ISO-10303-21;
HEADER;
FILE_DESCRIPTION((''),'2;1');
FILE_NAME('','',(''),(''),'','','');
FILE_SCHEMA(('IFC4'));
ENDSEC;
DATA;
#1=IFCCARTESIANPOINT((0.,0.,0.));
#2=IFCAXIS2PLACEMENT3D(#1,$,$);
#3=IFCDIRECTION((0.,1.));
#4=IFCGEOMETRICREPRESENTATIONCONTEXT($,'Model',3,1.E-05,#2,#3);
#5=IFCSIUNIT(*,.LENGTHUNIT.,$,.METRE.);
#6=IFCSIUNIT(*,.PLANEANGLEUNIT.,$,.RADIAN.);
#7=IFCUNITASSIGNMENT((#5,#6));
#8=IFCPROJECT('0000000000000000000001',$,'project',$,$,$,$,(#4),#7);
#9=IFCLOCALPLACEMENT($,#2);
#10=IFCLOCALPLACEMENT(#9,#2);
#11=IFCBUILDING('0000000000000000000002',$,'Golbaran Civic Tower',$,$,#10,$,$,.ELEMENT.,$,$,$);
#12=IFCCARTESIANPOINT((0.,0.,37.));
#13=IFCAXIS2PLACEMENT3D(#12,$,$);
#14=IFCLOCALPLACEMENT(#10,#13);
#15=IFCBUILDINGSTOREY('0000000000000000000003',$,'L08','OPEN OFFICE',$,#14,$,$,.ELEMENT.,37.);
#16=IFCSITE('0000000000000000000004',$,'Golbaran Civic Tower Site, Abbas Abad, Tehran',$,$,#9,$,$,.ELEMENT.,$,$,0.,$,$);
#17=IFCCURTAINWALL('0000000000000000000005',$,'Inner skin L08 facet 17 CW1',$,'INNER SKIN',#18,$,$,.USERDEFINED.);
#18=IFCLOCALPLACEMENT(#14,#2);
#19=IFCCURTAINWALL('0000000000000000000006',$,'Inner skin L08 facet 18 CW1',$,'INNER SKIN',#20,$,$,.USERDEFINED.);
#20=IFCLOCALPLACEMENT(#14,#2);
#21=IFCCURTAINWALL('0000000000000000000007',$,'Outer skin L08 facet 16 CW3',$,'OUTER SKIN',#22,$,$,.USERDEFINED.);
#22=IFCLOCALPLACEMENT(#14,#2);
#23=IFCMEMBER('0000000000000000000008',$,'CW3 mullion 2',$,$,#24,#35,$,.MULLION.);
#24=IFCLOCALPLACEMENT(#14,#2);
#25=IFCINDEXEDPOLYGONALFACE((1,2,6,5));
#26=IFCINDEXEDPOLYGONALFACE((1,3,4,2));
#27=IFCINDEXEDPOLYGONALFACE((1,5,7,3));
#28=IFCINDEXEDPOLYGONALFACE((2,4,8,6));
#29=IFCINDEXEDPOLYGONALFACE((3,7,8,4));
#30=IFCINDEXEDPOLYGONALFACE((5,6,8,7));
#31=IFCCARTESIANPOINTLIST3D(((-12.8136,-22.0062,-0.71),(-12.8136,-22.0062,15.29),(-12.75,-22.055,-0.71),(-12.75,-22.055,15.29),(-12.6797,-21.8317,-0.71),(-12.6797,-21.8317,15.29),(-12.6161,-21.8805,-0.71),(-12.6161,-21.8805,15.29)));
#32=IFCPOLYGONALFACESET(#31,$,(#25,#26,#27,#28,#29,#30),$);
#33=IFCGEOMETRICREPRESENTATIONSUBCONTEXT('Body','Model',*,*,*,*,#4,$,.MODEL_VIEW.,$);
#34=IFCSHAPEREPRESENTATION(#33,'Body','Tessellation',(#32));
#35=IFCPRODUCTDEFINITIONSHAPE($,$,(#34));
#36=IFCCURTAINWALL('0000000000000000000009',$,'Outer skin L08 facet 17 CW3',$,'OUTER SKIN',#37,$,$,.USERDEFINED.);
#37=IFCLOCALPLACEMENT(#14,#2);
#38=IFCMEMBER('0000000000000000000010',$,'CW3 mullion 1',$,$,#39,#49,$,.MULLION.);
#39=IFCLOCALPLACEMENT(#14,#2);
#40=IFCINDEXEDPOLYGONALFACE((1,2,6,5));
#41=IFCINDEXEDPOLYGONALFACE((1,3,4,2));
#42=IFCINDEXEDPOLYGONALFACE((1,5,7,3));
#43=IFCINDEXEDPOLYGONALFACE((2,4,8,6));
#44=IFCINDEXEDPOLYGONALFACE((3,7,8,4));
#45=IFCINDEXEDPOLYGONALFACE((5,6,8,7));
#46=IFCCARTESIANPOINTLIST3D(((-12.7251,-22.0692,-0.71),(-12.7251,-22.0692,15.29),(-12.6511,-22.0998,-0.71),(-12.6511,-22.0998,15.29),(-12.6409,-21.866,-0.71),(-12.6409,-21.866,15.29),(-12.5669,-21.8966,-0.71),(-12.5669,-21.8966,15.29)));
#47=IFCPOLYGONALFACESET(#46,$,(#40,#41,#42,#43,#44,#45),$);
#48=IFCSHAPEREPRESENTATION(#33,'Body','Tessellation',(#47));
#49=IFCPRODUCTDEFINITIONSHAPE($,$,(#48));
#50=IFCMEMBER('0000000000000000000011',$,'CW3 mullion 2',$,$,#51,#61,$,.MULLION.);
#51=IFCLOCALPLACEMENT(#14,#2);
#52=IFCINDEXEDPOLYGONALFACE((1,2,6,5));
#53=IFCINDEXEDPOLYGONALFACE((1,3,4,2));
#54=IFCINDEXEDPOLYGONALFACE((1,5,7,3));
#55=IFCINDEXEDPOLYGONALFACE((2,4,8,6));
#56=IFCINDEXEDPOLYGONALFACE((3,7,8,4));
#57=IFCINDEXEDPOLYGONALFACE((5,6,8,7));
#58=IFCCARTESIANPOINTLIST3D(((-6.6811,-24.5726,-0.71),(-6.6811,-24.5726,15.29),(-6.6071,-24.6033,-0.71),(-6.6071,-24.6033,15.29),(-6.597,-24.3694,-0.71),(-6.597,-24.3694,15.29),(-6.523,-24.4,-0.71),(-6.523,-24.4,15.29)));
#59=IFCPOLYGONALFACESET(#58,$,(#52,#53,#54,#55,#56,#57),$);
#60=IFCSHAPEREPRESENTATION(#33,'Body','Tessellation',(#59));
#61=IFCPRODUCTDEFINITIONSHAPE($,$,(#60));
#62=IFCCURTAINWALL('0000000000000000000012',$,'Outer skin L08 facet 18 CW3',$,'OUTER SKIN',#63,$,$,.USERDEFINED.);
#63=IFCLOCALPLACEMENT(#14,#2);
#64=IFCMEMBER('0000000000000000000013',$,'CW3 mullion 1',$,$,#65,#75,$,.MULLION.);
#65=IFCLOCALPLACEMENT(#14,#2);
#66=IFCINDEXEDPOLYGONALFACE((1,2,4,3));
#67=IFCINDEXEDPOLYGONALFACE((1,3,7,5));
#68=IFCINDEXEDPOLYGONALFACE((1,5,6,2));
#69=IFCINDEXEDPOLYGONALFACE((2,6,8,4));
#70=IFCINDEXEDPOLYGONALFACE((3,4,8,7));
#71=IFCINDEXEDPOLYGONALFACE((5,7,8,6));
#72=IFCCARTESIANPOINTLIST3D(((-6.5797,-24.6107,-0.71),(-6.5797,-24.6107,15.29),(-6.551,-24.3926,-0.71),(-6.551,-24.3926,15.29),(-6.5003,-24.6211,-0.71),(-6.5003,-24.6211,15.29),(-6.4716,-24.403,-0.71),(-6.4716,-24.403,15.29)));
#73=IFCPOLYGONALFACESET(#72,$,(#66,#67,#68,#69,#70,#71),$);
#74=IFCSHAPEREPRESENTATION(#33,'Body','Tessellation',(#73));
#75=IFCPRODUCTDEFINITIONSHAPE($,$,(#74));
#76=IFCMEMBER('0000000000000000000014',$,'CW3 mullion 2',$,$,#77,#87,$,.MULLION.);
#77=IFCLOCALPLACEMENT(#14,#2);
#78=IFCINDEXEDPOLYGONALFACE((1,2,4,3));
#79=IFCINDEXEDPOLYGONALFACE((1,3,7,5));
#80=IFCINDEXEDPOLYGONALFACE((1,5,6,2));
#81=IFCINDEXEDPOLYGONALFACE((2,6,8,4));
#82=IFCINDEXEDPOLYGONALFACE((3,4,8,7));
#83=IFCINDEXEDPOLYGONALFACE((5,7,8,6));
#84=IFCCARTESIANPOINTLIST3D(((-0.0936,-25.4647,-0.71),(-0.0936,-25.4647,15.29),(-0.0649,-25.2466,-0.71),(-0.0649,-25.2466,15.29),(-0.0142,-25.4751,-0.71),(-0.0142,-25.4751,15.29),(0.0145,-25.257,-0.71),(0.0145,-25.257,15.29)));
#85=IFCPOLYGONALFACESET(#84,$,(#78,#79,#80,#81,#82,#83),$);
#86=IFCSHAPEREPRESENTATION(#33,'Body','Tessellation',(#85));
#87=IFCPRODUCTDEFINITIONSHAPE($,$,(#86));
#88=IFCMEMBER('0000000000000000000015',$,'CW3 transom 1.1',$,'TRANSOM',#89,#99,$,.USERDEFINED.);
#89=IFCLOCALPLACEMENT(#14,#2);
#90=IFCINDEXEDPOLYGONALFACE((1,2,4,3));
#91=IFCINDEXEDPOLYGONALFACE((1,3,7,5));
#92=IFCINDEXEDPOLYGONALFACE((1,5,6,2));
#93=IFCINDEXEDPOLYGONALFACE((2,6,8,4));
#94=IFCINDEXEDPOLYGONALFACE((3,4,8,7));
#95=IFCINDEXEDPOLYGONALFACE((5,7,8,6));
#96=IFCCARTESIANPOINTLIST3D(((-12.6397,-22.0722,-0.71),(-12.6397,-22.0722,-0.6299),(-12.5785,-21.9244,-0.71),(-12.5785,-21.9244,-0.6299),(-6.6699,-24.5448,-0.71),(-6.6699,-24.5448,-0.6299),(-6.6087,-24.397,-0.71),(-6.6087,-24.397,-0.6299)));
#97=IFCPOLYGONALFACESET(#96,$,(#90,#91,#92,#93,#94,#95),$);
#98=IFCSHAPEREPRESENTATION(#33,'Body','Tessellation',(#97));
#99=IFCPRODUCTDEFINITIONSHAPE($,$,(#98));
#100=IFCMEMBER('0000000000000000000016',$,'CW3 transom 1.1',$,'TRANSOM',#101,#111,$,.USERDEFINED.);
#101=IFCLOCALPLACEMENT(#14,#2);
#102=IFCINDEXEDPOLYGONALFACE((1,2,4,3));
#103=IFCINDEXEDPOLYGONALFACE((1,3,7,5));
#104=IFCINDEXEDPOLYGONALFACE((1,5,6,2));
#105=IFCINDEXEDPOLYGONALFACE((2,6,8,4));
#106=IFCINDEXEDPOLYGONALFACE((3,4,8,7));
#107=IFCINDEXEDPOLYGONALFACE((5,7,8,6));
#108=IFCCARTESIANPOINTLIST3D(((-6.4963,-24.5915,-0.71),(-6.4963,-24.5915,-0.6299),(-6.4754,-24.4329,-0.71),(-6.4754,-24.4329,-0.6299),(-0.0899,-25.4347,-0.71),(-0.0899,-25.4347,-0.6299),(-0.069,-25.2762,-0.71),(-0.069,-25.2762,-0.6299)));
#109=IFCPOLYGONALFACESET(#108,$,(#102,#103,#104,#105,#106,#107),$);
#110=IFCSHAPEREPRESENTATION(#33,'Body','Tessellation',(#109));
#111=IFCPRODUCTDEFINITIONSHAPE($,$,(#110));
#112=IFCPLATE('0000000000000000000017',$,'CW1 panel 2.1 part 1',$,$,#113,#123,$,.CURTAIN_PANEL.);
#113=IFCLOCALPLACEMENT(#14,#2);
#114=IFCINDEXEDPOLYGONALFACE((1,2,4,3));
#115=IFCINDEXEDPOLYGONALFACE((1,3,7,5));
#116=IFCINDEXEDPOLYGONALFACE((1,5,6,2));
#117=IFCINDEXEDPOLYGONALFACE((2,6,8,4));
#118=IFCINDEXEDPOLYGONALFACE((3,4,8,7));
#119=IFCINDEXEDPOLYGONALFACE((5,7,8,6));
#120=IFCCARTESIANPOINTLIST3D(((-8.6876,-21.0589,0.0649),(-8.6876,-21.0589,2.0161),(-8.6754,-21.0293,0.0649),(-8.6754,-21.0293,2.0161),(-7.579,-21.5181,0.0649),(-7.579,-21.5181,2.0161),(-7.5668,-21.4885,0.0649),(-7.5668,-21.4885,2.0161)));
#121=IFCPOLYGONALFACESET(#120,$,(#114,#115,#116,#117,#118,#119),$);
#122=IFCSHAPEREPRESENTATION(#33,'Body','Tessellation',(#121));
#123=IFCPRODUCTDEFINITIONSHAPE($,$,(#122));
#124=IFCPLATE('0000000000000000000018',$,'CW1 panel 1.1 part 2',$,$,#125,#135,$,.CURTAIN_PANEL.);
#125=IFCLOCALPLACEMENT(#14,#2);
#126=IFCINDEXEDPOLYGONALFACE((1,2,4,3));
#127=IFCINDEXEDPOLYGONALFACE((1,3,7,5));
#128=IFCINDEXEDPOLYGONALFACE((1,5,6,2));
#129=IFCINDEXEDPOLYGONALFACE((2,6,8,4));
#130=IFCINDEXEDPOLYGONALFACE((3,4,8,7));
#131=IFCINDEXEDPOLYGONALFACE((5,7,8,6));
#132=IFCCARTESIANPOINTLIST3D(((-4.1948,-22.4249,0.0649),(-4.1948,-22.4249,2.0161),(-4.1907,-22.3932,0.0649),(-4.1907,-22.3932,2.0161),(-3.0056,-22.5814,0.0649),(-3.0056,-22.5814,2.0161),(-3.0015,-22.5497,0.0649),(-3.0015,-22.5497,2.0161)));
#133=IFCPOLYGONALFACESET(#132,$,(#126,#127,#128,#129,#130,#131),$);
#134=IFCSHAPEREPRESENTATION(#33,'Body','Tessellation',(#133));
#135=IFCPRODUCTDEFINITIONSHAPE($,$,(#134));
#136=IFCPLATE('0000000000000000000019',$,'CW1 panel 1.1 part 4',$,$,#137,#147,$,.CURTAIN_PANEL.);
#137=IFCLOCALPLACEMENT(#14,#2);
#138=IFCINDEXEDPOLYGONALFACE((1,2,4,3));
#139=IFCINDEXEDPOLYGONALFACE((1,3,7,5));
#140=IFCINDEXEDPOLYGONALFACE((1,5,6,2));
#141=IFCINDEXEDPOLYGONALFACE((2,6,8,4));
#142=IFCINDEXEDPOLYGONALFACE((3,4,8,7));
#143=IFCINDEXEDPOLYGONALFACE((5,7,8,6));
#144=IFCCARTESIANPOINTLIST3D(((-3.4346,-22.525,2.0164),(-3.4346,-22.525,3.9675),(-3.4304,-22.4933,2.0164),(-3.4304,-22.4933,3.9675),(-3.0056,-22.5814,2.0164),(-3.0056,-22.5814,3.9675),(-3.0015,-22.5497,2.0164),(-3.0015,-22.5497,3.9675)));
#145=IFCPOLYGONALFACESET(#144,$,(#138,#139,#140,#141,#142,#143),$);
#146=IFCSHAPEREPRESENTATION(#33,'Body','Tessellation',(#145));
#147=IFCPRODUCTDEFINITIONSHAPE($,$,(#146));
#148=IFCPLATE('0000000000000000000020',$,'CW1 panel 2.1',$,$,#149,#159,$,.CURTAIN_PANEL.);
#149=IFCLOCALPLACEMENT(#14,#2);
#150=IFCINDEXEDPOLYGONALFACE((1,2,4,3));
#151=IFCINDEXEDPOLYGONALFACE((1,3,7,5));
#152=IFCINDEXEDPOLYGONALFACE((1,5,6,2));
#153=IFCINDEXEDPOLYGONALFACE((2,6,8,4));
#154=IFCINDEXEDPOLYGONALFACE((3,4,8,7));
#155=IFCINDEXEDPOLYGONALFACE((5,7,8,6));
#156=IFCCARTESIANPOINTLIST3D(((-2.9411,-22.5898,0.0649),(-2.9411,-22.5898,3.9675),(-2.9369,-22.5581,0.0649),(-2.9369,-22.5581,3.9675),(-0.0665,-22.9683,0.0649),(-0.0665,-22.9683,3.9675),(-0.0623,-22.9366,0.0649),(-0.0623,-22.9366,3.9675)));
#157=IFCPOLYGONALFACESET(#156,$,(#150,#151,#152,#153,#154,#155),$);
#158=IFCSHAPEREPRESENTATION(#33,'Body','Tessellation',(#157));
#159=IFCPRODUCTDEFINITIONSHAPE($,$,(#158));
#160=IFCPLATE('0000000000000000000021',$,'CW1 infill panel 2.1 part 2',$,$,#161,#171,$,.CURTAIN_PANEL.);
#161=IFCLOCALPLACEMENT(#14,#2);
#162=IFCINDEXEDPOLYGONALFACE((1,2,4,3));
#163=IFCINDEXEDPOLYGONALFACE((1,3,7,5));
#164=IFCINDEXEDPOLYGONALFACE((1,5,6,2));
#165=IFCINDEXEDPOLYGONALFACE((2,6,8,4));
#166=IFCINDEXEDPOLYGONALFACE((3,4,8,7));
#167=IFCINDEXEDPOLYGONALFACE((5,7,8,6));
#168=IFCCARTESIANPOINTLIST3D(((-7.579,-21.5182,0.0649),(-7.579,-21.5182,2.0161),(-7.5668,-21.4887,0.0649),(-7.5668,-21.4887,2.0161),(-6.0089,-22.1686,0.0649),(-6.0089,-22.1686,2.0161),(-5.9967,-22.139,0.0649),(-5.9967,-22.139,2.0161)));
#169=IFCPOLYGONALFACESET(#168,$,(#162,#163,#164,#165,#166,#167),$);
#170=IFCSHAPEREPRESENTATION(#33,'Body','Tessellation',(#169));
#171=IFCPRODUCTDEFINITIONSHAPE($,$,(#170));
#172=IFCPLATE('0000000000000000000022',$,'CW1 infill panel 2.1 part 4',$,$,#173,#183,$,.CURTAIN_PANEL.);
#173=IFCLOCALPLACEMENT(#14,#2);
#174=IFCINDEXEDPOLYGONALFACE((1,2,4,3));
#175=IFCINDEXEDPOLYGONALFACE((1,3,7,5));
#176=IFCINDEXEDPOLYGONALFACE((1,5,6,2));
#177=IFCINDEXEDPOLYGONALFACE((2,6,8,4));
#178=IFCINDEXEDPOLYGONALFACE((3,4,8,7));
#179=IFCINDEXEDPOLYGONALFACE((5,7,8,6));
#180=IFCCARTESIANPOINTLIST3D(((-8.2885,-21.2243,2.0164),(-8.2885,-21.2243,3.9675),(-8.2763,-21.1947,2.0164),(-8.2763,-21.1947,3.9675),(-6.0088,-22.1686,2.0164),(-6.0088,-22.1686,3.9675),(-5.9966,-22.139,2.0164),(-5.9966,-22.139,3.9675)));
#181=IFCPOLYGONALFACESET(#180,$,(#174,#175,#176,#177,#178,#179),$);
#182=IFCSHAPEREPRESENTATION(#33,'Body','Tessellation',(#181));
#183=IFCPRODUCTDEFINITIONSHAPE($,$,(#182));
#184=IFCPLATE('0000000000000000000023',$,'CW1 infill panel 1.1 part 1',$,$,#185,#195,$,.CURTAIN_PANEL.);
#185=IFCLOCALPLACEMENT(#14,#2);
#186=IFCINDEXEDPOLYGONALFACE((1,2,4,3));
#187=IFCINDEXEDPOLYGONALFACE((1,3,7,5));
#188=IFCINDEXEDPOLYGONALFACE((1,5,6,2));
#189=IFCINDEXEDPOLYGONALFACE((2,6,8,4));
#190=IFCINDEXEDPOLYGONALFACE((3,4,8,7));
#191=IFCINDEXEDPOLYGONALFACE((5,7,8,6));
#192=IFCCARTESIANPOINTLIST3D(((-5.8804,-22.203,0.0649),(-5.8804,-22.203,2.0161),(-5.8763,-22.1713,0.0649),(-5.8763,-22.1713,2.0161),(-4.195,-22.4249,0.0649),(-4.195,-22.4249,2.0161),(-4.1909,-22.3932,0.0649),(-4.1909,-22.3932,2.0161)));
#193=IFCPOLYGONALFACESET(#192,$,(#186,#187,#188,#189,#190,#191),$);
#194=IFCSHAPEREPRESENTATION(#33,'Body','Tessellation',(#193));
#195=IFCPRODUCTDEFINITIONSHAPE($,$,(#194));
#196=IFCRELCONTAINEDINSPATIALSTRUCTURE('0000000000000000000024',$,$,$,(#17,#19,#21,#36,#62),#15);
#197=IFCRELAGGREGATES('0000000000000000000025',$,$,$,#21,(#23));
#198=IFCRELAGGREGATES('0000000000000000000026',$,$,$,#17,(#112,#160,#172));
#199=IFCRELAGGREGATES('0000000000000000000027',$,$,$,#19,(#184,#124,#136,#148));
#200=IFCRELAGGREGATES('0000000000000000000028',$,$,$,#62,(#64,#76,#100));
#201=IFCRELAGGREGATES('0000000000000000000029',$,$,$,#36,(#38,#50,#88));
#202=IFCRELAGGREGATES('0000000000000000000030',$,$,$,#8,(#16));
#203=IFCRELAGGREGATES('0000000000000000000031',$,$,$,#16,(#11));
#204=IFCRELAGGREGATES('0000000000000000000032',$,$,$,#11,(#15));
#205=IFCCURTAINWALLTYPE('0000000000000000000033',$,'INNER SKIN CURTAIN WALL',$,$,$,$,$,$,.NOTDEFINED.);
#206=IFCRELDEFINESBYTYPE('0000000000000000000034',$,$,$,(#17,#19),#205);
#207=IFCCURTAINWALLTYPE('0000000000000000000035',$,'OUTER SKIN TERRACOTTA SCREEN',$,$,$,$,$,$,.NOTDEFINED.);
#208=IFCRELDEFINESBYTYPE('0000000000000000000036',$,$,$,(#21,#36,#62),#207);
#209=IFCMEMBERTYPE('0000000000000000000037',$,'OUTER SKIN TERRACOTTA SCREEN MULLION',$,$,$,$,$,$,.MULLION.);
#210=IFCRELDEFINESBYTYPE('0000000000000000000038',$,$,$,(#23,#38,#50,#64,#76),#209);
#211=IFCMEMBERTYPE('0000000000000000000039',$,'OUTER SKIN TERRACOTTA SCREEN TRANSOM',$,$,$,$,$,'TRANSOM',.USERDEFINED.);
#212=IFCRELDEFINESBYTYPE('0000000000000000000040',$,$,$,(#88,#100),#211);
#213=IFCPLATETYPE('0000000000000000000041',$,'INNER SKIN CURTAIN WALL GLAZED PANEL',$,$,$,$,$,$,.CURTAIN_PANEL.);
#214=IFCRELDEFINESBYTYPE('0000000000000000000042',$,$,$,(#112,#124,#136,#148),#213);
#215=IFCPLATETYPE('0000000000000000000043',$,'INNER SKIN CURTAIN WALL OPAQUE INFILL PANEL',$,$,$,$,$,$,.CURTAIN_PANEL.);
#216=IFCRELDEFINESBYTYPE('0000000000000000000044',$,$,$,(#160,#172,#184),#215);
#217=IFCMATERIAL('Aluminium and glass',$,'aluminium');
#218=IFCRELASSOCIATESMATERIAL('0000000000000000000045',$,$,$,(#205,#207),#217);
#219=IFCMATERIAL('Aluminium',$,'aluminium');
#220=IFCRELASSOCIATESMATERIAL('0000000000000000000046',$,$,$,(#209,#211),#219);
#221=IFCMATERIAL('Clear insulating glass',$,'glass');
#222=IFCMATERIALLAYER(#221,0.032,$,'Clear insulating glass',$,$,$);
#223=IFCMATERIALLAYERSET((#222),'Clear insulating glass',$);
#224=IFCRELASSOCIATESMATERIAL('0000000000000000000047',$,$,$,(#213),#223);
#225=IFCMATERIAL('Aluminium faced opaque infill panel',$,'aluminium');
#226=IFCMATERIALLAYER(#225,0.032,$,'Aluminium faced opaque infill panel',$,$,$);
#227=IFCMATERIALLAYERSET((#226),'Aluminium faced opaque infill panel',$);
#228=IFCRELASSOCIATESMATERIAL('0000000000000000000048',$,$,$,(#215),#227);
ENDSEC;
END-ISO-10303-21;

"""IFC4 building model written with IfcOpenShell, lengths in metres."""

from ifc_helpers import new_model, si_unit, direction, frame, origin, origin_2d, place, context, subcontext, project, spatial, rectangle, extrude, material, layer, layer_set, material_profile, profile_set, type_object, element, aggregate, save


model = new_model("IFC4")

# Units and contexts
model_context = context("Model", 3, precision=1e-05, world=origin(), true_north=direction((0.0, 1.0)))
body_context = subcontext(model_context, "Body", "Model", "MODEL_VIEW")
ifc_project = project(units=[si_unit("LENGTHUNIT", "METRE"), si_unit("PLANEANGLEUNIT", "RADIAN")], contexts=[model_context])

# Site, building, storey
site_placement = place(None, origin())
site = spatial("IfcSite", under=ifc_project, at=site_placement, Name="Golbaran Civic Tower Site, Abbas Abad, Tehran", CompositionType="ELEMENT", RefElevation=0.0)
building_placement = place(site_placement, origin())
building = spatial("IfcBuilding", under=site, at=building_placement, Name="Golbaran Civic Tower", CompositionType="ELEMENT")
storey_placement = place(building_placement, frame((0.0, 0.0, 37.0)))
storey = spatial("IfcBuildingStorey", under=building, at=storey_placement, Name="L08", Description="OPEN OFFICE", CompositionType="ELEMENT", Elevation=37.0)

# Curtain wall
ifc_material_1 = material(Name="Aluminium and glass", Category="aluminium")
curtain_wall_type_1 = type_object("IfcCurtainWallType", Name="INNER SKIN CURTAIN WALL", PredefinedType="NOTDEFINED", material=ifc_material_1)
curtain_wall_1_placement = place(storey_placement, origin())
curtain_wall_1 = element("IfcCurtainWall", 1, at=curtain_wall_1_placement, inside=storey, type_object=curtain_wall_type_1, Name="Inner skin L08 facet 17 CW1", ObjectType="INNER SKIN", PredefinedType="USERDEFINED")
ifc_material_2 = material(Name="Aluminium", Category="aluminium")

# Curtain wall
curtain_wall_2_placement = place(storey_placement, origin())
curtain_wall_2 = element("IfcCurtainWall", 2, at=curtain_wall_2_placement, inside=storey, type_object=curtain_wall_type_1, Name="Inner skin L08 facet 18 CW1", ObjectType="INNER SKIN", PredefinedType="USERDEFINED")

# Curtain wall, member
curtain_wall_type_2 = type_object("IfcCurtainWallType", Name="OUTER SKIN TERRACOTTA SCREEN", PredefinedType="NOTDEFINED", material=ifc_material_1)
curtain_wall_3_placement = place(storey_placement, origin())
curtain_wall_3 = element("IfcCurtainWall", 3, at=curtain_wall_3_placement, inside=storey, type_object=curtain_wall_type_2, Name="Outer skin L08 facet 16 CW3", ObjectType="OUTER SKIN", PredefinedType="USERDEFINED")
ifc_material_profile_1 = material_profile(ifc_material_2, rectangle(XDim=0.22, YDim=0.0801, at=origin_2d()), Name="OUTER SKIN TERRACOTTA SCREEN MULLION")
ifc_profile_set_1 = profile_set([ifc_material_profile_1], Name="Aluminium")
member_type_1 = type_object("IfcMemberType", Name="OUTER SKIN TERRACOTTA SCREEN MULLION", PredefinedType="MULLION", material=ifc_profile_set_1)
member_1_placement = place(storey_placement, frame((-12.7148, -21.9434, -0.71), z_axis=(0.0, 0.0, 1.0), x_axis=(0.608761, 0.793353, 0.0)))
member_1 = element("IfcMember", 4, at=member_1_placement, type_object=member_type_1, Name="CW3 mullion 2", PredefinedType="MULLION", context=body_context, shape_type="SweptSolid", body=[
    extrude(rectangle(XDim=0.22, YDim=0.0801, at=origin_2d()), origin(), (0.0, 0.0, 1.0), 16.0),
])
aggregate(curtain_wall_3, [member_1])

# Curtain walls, members
curtain_wall_4_placement = place(storey_placement, origin())
curtain_wall_4 = element("IfcCurtainWall", 5, at=curtain_wall_4_placement, inside=storey, type_object=curtain_wall_type_2, Name="Outer skin L08 facet 17 CW3", ObjectType="OUTER SKIN", PredefinedType="USERDEFINED")
member_2_placement = place(storey_placement, frame((-12.646, -21.9829, -0.71), z_axis=(0.0, 0.0, 1.0), x_axis=(0.382683, 0.92388, 0.0)))
member_2 = element("IfcMember", 6, at=member_2_placement, type_object=member_type_1, Name="CW3 mullion 1", PredefinedType="MULLION", context=body_context, shape_type="SweptSolid", body=[
    extrude(rectangle(XDim=0.22, YDim=0.0801, at=origin_2d()), origin(), (0.0, 0.0, 1.0), 16.0),
])
member_3_placement = place(storey_placement, frame((-6.6021, -24.4863, -0.71), z_axis=(0.0, 0.0, 1.0), x_axis=(0.382683, 0.92388, 0.0)))
member_3 = element("IfcMember", 7, at=member_3_placement, type_object=member_type_1, Name="CW3 mullion 2", PredefinedType="MULLION", context=body_context, shape_type="SweptSolid", body=[
    extrude(rectangle(XDim=0.22, YDim=0.0801, at=origin_2d()), origin(), (0.0, 0.0, 1.0), 16.0),
])
curtain_wall_5_placement = place(storey_placement, origin())
curtain_wall_5 = element("IfcCurtainWall", 8, at=curtain_wall_5_placement, inside=storey, type_object=curtain_wall_type_2, Name="Outer skin L08 facet 18 CW3", ObjectType="OUTER SKIN", PredefinedType="USERDEFINED")
member_4_placement = place(storey_placement, frame((-6.5256, -24.5068, -0.71), z_axis=(0.0, 0.0, 1.0), x_axis=(0.130526, 0.991445, 0.0)))
member_4 = element("IfcMember", 9, at=member_4_placement, type_object=member_type_1, Name="CW3 mullion 1", PredefinedType="MULLION", context=body_context, shape_type="SweptSolid", body=[
    extrude(rectangle(XDim=0.22, YDim=0.0801, at=origin_2d()), origin(), (0.0, 0.0, 1.0), 16.0),
])
member_5_placement = place(storey_placement, frame((-0.0396, -25.3608, -0.71), z_axis=(0.0, 0.0, 1.0), x_axis=(0.130526, 0.991445, 0.0)))
member_5 = element("IfcMember", 10, at=member_5_placement, type_object=member_type_1, Name="CW3 mullion 2", PredefinedType="MULLION", context=body_context, shape_type="SweptSolid", body=[
    extrude(rectangle(XDim=0.22, YDim=0.0801, at=origin_2d()), origin(), (0.0, 0.0, 1.0), 16.0),
])

# Members
ifc_material_profile_2 = material_profile(ifc_material_2, rectangle(XDim=0.1599, YDim=0.0801, at=origin_2d()), Name="OUTER SKIN TERRACOTTA SCREEN TRANSOM")
ifc_profile_set_2 = profile_set([ifc_material_profile_2], Name="Aluminium")
member_type_2 = type_object("IfcMemberType", Name="OUTER SKIN TERRACOTTA SCREEN TRANSOM", ElementType="TRANSOM", PredefinedType="USERDEFINED", material=ifc_profile_set_2)
member_6_placement = place(storey_placement, frame((-12.6091, -21.9983, -0.6699), z_axis=(0.92389, -0.382659, 0.0), x_axis=(0.382659, 0.92389, 0.0)))
member_6 = element("IfcMember", 11, at=member_6_placement, type_object=member_type_2, Name="CW3 transom 1.1", ObjectType="TRANSOM", PredefinedType="USERDEFINED", context=body_context, shape_type="SweptSolid", body=[
    extrude(rectangle(XDim=0.1599, YDim=0.0801, at=origin_2d()), origin(), (0.0, 0.0, 1.0), 6.4617),
])
member_7_placement = place(storey_placement, frame((-6.4858, -24.5122, -0.6699), z_axis=(0.991448, -0.1305, 0.0), x_axis=(0.1305, 0.991448, 0.0)))
member_7 = element("IfcMember", 12, at=member_7_placement, type_object=member_type_2, Name="CW3 transom 1.1", ObjectType="TRANSOM", PredefinedType="USERDEFINED", context=body_context, shape_type="SweptSolid", body=[
    extrude(rectangle(XDim=0.1599, YDim=0.0801, at=origin_2d()), origin(), (0.0, 0.0, 1.0), 6.4617),
])

# Plates
ifc_material_3 = material(Name="Clear insulating glass", Category="glass")
ifc_layer_1 = layer(ifc_material_3, 0.032, Name="Clear insulating glass")
ifc_layer_set_1 = layer_set([ifc_layer_1], Name="Clear insulating glass")
plate_type_1 = type_object("IfcPlateType", Name="INNER SKIN CURTAIN WALL GLAZED PANEL", PredefinedType="CURTAIN_PANEL", material=ifc_layer_set_1)
plate_1_placement = place(storey_placement, frame((-8.1272, -21.2737, 0.0649), z_axis=(0.0, 0.0, 1.0), x_axis=(0.92388, -0.382683, 0.0)))
plate_1 = element("IfcPlate", 13, at=plate_1_placement, type_object=plate_type_1, Name="CW1 panel 2.1 part 1", PredefinedType="CURTAIN_PANEL", context=body_context, shape_type="SweptSolid", body=[
    extrude(rectangle(XDim=1.2, YDim=0.032, at=origin_2d()), origin(), (0.0, 0.0, 1.0), 1.9512),
])
plate_2_placement = place(storey_placement, frame((-3.5981, -22.4873, 0.0649), z_axis=(0.0, 0.0, 1.0), x_axis=(0.991445, -0.130526, 0.0)))
plate_2 = element("IfcPlate", 14, at=plate_2_placement, type_object=plate_type_1, Name="CW1 panel 1.1 part 2", PredefinedType="CURTAIN_PANEL", context=body_context, shape_type="SweptSolid", body=[
    extrude(rectangle(XDim=1.1995, YDim=0.032, at=origin_2d()), origin(), (0.0, 0.0, 1.0), 1.9512),
])
plate_3_placement = place(storey_placement, frame((-3.218, -22.5374, 2.0164), z_axis=(0.0, 0.0, 1.0), x_axis=(0.991445, -0.130526, 0.0)))
plate_3 = element("IfcPlate", 15, at=plate_3_placement, type_object=plate_type_1, Name="CW1 panel 1.1 part 4", PredefinedType="CURTAIN_PANEL", context=body_context, shape_type="SweptSolid", body=[
    extrude(rectangle(XDim=0.4326, YDim=0.032, at=origin_2d()), origin(), (0.0, 0.0, 1.0), 1.9512),
])
plate_4_placement = place(storey_placement, frame((-1.5017, -22.7632, 0.0649), z_axis=(0.0, 0.0, 1.0), x_axis=(0.991445, -0.130526, 0.0)))
plate_4 = element("IfcPlate", 16, at=plate_4_placement, type_object=plate_type_1, Name="CW1 panel 2.1", PredefinedType="CURTAIN_PANEL", context=body_context, shape_type="SweptSolid", body=[
    extrude(rectangle(XDim=2.8994, YDim=0.032, at=origin_2d()), origin(), (0.0, 0.0, 1.0), 3.9026),
])
ifc_material_4 = material(Name="Aluminium faced opaque infill panel", Category="aluminium")
ifc_layer_2 = layer(ifc_material_4, 0.032, Name="Aluminium faced opaque infill panel")
ifc_layer_set_2 = layer_set([ifc_layer_2], Name="Aluminium faced opaque infill panel")
plate_type_2 = type_object("IfcPlateType", Name="INNER SKIN CURTAIN WALL OPAQUE INFILL PANEL", PredefinedType="CURTAIN_PANEL", material=ifc_layer_set_2)
plate_5_placement = place(storey_placement, frame((-6.7878, -21.8286, 0.0649), z_axis=(0.0, 0.0, 1.0), x_axis=(0.92388, -0.382683, 0.0)))
plate_5 = element("IfcPlate", 17, at=plate_5_placement, type_object=plate_type_2, Name="CW1 infill panel 2.1 part 2", PredefinedType="CURTAIN_PANEL", context=body_context, shape_type="SweptSolid", body=[
    extrude(rectangle(XDim=1.6995, YDim=0.032, at=origin_2d()), origin(), (0.0, 0.0, 1.0), 1.9512),
])
plate_6_placement = place(storey_placement, frame((-7.1426, -21.6816, 2.0164), z_axis=(0.0, 0.0, 1.0), x_axis=(0.92388, -0.382683, 0.0)))
plate_6 = element("IfcPlate", 18, at=plate_6_placement, type_object=plate_type_2, Name="CW1 infill panel 2.1 part 4", PredefinedType="CURTAIN_PANEL", context=body_context, shape_type="SweptSolid", body=[
    extrude(rectangle(XDim=2.4675, YDim=0.032, at=origin_2d()), origin(), (0.0, 0.0, 1.0), 1.9512),
])
aggregate(curtain_wall_1, [plate_1, plate_5, plate_6])
plate_7_placement = place(storey_placement, frame((-5.0356, -22.2981, 0.0649), z_axis=(0.0, 0.0, 1.0), x_axis=(0.991445, -0.130526, 0.0)))
plate_7 = element("IfcPlate", 19, at=plate_7_placement, type_object=plate_type_2, Name="CW1 infill panel 1.1 part 1", PredefinedType="CURTAIN_PANEL", context=body_context, shape_type="SweptSolid", body=[
    extrude(rectangle(XDim=1.7, YDim=0.032, at=origin_2d()), origin(), (0.0, 0.0, 1.0), 1.9512),
])
aggregate(curtain_wall_2, [plate_7, plate_2, plate_3, plate_4])
aggregate(curtain_wall_5, [member_4, member_5, member_7])
aggregate(curtain_wall_4, [member_2, member_3, member_6])

save(model, "model.ifc")
